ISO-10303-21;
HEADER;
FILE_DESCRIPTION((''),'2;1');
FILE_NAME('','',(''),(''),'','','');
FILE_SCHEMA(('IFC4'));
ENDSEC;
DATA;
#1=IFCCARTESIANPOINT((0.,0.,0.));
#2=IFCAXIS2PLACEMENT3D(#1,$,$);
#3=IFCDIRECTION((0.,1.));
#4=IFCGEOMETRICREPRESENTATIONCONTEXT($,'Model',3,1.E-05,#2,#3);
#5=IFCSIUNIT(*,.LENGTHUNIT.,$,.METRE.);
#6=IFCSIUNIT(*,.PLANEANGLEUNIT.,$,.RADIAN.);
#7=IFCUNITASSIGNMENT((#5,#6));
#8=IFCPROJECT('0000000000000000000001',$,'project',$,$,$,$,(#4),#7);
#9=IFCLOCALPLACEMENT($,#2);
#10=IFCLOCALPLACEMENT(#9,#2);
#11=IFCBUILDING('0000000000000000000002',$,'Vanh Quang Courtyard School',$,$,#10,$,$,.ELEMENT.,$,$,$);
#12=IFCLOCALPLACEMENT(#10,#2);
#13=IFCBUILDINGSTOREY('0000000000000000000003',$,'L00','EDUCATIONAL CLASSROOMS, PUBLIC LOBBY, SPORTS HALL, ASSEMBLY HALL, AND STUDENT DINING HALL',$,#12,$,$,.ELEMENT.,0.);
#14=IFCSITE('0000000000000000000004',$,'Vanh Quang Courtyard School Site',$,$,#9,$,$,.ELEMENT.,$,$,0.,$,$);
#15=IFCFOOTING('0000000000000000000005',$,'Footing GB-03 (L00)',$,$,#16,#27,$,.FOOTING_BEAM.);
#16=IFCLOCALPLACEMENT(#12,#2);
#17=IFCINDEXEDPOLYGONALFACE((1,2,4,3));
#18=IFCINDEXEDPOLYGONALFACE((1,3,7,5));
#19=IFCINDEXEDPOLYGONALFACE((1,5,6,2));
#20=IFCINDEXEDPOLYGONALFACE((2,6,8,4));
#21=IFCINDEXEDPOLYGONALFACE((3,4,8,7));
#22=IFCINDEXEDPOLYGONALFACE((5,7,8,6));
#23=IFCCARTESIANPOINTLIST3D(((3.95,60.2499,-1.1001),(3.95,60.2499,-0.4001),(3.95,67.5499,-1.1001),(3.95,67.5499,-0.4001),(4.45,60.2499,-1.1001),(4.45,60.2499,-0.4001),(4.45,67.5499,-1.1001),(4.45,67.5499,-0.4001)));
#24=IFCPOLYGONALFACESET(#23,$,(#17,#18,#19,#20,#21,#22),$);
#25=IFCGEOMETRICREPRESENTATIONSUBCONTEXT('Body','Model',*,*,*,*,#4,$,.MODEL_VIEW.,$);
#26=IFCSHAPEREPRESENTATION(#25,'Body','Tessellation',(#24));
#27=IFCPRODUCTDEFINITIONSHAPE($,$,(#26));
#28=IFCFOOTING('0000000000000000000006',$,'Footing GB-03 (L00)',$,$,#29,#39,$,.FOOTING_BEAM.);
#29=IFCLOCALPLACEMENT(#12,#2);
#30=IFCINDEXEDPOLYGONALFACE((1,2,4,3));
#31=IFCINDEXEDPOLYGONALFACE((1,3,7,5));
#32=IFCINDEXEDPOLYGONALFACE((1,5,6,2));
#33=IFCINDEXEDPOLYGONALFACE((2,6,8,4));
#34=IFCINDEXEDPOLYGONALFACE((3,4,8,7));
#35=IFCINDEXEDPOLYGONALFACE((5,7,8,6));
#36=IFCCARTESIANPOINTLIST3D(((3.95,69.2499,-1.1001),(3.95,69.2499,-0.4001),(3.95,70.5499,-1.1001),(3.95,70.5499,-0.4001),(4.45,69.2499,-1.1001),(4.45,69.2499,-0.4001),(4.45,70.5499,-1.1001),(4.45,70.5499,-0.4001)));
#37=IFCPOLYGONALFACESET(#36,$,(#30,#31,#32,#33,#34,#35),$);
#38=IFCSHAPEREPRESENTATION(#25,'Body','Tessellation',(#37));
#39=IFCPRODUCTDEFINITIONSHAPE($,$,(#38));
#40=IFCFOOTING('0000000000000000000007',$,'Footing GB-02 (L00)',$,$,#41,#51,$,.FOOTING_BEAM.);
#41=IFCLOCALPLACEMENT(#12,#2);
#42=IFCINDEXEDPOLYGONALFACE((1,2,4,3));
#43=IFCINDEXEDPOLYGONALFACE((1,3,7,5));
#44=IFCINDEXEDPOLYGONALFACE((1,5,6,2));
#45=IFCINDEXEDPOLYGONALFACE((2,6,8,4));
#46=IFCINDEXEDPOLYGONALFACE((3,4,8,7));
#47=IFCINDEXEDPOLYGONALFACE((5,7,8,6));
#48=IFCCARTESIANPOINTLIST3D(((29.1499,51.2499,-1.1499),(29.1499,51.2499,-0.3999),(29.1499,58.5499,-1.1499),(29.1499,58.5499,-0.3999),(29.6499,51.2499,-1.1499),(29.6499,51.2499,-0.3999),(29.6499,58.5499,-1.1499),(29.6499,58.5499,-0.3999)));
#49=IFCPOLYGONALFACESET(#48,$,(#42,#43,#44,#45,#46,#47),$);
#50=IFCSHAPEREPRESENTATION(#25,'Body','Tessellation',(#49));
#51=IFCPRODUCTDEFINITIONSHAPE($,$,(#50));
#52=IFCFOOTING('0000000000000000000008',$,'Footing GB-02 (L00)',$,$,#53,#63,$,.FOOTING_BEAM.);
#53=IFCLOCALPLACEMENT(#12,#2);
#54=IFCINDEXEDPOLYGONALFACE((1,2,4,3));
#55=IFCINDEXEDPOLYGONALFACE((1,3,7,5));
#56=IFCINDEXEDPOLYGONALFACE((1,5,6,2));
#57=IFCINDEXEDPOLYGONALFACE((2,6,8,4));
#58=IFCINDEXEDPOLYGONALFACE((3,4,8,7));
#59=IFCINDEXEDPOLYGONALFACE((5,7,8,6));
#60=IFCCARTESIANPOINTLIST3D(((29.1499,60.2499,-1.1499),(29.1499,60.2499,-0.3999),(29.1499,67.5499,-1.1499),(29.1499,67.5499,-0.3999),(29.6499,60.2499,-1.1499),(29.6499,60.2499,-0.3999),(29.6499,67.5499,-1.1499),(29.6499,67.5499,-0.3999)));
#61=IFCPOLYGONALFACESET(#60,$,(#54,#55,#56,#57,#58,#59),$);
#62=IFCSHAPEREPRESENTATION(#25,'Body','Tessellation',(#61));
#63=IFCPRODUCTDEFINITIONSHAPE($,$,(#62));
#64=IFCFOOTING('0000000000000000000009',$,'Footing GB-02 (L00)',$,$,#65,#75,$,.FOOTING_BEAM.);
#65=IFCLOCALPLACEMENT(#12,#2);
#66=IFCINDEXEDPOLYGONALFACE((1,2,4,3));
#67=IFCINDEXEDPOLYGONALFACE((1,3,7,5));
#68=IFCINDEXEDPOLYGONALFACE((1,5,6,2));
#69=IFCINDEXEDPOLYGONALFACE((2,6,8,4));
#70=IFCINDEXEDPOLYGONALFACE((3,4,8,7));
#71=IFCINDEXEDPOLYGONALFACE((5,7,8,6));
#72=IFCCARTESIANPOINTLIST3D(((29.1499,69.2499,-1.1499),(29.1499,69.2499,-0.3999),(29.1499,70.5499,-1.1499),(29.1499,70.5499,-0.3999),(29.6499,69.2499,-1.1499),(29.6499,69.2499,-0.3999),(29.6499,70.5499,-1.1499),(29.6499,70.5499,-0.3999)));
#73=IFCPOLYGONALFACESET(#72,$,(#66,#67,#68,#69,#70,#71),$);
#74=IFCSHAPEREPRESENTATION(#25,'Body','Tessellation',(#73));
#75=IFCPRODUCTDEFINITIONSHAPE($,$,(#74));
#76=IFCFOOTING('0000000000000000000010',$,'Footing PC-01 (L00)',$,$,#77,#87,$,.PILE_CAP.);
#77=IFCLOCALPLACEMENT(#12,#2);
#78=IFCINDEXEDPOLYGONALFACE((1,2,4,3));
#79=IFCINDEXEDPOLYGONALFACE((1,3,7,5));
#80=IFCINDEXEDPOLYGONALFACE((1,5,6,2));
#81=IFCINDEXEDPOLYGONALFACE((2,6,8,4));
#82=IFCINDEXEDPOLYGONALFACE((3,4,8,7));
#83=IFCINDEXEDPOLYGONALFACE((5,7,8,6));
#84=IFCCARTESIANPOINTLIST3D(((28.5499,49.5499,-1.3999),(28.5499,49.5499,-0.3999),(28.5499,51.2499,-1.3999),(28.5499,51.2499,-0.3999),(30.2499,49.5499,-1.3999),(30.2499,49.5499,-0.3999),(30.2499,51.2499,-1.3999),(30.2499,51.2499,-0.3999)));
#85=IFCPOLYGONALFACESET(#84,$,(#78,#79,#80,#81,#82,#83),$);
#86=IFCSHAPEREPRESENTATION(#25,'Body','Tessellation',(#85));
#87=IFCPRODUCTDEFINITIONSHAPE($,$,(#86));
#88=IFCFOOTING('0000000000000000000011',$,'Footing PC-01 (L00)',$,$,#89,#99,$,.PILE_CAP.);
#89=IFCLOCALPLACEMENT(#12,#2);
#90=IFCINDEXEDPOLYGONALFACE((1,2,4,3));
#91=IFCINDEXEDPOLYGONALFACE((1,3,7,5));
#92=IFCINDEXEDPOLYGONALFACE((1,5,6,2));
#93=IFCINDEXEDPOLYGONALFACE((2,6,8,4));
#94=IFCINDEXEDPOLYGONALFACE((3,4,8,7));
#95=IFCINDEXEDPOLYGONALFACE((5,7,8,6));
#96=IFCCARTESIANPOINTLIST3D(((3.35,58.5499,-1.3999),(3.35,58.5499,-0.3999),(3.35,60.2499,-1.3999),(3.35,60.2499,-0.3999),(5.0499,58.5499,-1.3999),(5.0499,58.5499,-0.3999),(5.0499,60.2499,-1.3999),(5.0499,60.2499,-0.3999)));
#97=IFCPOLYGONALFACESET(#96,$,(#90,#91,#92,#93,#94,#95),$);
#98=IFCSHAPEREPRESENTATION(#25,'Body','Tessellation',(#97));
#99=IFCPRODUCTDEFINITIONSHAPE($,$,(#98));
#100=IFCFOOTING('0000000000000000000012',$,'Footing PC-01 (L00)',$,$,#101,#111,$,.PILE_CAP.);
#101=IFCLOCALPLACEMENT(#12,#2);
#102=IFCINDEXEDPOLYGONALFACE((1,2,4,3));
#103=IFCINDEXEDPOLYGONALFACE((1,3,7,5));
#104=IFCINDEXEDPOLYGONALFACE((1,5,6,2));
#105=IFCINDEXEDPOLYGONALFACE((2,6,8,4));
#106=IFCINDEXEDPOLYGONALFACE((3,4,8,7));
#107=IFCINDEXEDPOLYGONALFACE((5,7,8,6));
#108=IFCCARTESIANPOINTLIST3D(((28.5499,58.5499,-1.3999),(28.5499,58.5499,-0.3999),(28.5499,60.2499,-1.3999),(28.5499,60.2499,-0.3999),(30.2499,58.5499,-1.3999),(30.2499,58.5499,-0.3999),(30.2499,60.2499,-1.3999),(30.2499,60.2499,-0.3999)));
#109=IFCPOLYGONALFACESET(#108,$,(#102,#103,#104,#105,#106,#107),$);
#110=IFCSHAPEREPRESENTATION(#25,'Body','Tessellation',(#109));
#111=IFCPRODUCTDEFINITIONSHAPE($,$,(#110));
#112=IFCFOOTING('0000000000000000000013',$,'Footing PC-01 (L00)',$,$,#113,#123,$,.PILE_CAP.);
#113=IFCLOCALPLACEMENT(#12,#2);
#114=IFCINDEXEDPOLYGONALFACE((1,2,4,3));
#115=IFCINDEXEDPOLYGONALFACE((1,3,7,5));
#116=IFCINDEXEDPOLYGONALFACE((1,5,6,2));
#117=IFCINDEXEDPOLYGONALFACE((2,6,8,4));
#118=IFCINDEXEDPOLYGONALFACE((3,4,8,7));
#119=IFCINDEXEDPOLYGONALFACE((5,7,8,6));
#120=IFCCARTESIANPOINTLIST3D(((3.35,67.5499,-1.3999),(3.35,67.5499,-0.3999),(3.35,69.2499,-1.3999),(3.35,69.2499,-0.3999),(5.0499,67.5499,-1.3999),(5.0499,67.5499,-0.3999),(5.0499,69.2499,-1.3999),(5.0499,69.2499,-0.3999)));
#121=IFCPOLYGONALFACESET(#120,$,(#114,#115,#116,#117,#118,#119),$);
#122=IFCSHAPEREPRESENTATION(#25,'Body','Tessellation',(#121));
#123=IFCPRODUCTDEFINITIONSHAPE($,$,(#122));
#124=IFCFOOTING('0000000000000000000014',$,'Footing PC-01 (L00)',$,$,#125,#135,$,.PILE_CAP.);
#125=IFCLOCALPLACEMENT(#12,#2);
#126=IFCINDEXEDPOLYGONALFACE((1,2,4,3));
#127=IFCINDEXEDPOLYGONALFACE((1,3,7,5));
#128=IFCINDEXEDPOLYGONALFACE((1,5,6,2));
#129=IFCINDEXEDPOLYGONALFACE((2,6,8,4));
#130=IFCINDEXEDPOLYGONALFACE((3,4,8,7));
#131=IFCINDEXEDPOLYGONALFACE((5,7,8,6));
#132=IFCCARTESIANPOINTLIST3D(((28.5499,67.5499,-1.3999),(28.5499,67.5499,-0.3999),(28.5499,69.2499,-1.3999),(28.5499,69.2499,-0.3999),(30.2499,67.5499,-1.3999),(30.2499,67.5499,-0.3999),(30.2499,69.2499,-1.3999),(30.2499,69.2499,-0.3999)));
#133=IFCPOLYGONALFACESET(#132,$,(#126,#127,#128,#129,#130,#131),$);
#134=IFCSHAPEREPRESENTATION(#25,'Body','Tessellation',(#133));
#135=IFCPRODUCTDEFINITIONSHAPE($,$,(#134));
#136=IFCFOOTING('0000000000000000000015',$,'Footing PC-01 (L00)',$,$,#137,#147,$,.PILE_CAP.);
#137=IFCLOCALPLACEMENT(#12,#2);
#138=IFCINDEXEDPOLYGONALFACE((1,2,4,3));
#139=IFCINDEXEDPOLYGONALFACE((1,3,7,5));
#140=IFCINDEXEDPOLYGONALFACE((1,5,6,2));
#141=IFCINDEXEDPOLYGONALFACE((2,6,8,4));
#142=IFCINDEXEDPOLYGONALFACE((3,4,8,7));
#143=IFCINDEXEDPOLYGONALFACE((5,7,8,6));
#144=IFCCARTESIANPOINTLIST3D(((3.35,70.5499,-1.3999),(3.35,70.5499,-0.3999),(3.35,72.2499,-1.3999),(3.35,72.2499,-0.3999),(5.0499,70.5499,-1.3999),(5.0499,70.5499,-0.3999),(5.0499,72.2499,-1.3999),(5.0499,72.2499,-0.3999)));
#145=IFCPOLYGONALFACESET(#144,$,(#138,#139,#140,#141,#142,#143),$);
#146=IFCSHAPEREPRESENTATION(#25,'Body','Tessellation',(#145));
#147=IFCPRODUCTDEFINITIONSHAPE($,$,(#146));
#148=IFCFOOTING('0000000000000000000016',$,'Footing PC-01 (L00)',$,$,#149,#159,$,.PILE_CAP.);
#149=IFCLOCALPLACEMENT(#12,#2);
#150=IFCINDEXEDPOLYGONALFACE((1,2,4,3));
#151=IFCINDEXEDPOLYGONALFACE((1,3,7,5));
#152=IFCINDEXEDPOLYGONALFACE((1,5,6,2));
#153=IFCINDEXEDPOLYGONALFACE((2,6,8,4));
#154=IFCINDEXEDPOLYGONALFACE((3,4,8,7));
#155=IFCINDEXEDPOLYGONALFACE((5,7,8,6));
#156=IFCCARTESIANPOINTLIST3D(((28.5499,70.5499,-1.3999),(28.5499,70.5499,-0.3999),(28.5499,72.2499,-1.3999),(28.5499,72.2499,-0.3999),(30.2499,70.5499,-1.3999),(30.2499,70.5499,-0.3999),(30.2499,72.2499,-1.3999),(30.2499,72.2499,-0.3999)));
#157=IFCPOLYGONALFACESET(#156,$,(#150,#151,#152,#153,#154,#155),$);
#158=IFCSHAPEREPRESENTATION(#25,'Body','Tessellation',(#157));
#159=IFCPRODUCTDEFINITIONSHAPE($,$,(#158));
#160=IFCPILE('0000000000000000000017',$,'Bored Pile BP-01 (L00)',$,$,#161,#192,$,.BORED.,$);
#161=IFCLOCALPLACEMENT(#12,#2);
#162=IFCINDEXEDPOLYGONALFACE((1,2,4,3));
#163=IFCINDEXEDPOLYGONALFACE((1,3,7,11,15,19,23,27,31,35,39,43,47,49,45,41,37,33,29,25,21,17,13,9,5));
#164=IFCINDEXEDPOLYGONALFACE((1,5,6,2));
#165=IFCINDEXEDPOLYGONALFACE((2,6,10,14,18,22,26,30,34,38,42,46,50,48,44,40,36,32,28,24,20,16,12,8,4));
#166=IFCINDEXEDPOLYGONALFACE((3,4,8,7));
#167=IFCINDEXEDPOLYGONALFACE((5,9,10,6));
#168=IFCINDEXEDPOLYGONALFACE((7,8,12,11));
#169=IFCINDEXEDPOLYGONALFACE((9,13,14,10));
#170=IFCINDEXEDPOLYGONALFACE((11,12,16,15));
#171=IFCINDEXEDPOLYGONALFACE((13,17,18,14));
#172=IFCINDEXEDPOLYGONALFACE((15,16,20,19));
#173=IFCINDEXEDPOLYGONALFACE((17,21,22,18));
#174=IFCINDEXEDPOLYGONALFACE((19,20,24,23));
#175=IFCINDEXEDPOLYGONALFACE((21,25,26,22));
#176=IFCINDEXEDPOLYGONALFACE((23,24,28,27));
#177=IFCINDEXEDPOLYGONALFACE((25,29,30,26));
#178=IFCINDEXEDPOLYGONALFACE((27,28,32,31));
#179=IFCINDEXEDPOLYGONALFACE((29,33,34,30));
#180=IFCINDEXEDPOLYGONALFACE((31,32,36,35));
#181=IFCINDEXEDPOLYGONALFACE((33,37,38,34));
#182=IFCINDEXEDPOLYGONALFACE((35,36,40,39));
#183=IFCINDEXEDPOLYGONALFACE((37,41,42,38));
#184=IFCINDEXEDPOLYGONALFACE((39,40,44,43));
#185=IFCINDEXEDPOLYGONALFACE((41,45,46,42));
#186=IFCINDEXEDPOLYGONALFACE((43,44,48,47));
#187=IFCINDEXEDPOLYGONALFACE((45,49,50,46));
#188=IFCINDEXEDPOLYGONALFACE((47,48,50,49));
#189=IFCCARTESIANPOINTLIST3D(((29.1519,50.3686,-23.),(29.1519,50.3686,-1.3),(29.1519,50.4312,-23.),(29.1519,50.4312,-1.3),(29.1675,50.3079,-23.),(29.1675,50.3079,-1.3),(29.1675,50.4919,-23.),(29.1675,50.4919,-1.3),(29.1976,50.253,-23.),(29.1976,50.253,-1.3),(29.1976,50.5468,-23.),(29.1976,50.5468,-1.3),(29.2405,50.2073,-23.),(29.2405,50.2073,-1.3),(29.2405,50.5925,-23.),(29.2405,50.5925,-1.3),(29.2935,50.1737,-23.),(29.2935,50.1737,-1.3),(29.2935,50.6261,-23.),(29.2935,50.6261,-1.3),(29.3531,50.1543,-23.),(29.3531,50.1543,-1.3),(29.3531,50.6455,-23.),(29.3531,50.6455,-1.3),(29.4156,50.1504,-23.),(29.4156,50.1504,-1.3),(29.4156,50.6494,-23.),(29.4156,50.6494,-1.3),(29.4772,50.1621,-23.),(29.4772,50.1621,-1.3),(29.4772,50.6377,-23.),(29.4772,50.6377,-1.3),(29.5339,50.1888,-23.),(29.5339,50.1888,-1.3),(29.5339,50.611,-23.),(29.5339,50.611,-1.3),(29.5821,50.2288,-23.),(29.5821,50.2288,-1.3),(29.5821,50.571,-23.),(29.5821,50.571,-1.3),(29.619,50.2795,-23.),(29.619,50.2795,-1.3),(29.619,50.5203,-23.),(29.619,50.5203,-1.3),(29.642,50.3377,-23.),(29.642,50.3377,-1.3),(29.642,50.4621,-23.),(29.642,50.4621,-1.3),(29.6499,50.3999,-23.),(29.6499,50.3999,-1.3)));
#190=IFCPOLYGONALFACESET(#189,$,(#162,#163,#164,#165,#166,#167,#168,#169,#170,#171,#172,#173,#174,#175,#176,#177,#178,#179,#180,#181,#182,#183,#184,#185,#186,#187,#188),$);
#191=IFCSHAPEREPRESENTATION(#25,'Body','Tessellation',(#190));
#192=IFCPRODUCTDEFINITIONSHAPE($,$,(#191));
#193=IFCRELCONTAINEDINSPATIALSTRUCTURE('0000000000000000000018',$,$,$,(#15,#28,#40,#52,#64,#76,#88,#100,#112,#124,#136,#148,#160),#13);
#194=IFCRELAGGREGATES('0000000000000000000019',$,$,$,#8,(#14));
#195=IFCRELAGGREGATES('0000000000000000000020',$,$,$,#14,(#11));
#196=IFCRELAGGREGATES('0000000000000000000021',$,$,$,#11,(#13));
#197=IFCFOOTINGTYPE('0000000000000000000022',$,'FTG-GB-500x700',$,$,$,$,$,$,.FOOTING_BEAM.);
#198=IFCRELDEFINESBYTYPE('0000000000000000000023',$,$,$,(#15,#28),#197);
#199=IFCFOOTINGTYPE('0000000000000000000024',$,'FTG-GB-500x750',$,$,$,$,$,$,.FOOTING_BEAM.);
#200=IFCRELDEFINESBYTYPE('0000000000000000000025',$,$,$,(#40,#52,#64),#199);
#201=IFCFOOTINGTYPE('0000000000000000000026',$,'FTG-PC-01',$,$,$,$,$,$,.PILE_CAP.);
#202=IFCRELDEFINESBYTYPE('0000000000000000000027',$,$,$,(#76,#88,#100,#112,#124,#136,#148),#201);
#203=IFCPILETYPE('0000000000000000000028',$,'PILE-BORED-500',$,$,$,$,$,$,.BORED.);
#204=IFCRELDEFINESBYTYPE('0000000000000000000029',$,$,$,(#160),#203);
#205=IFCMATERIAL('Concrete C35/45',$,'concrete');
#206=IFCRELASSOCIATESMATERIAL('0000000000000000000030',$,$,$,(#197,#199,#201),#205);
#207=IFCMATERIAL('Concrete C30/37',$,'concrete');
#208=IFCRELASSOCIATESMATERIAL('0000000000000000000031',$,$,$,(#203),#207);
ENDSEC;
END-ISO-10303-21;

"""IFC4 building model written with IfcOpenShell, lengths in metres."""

from ifc_helpers import new_model, si_unit, direction, frame, origin, origin_2d, place, context, subcontext, project, spatial, rectangle, circle, extrude, material, material_profile, profile_set, type_object, element, save


model = new_model("IFC4")

# Units and contexts
model_context = context("Model", 3, precision=1e-05, world=origin(), true_north=direction((0.0, 1.0)))
body_context = subcontext(model_context, "Body", "Model", "MODEL_VIEW")
ifc_project = project(units=[si_unit("LENGTHUNIT", "METRE"), si_unit("PLANEANGLEUNIT", "RADIAN")], contexts=[model_context])

# Site, building, storey
site_placement = place(None, origin())
site = spatial("IfcSite", under=ifc_project, at=site_placement, Name="Vanh Quang Courtyard School Site", CompositionType="ELEMENT", RefElevation=0.0)
building_placement = place(site_placement, origin())
building = spatial("IfcBuilding", under=site, at=building_placement, Name="Vanh Quang Courtyard School", CompositionType="ELEMENT")
storey_placement = place(building_placement, origin())
storey = spatial("IfcBuildingStorey", under=building, at=storey_placement, Name="L00", Description="EDUCATIONAL CLASSROOMS, PUBLIC LOBBY, SPORTS HALL, ASSEMBLY HALL, AND STUDENT DINING HALL", CompositionType="ELEMENT", Elevation=0.0)

# Footings
ifc_material_1 = material(Name="Concrete C35/45", Category="concrete")
footing_type_1 = type_object("IfcFootingType", Name="FTG-GB-500x700", PredefinedType="FOOTING_BEAM", material=ifc_material_1)
footing_1_placement = place(storey_placement, frame((4.2, 63.8999, -1.1001), z_axis=(0.0, 0.0, 1.0), x_axis=(0.0, 1.0, 0.0)))
element("IfcFooting", 1, at=footing_1_placement, inside=storey, type_object=footing_type_1, Name="Footing GB-03 (L00)", PredefinedType="FOOTING_BEAM", context=body_context, shape_type="SweptSolid", body=[
    extrude(rectangle(XDim=7.3, YDim=0.5, at=origin_2d()), origin(), (0.0, 0.0, 1.0), 0.7),
])
footing_2_placement = place(storey_placement, frame((4.2, 69.8999, -1.1001), z_axis=(0.0, 0.0, 1.0), x_axis=(0.0, 1.0, 0.0)))
element("IfcFooting", 2, at=footing_2_placement, inside=storey, type_object=footing_type_1, Name="Footing GB-03 (L00)", PredefinedType="FOOTING_BEAM", context=body_context, shape_type="SweptSolid", body=[
    extrude(rectangle(XDim=1.3, YDim=0.5, at=origin_2d()), origin(), (0.0, 0.0, 1.0), 0.7),
])
footing_type_2 = type_object("IfcFootingType", Name="FTG-GB-500x750", PredefinedType="FOOTING_BEAM", material=ifc_material_1)
for number, where, z_axis, x_axis, name in (
    (3, (29.3999, 54.8999, -1.1499), (0.0, 0.0, 1.0), (0.0, 1.0, 0.0), "Footing GB-02 (L00)"),
    (4, (29.3999, 63.8999, -1.1499), (0.0, 0.0, 1.0), (0.0, 1.0, 0.0), "Footing GB-02 (L00)"),
):
    element("IfcFooting", number, at=place(storey_placement, frame(where, z_axis=z_axis, x_axis=x_axis)), inside=storey, type_object=footing_type_2, Name=name, PredefinedType="FOOTING_BEAM", context=body_context, shape_type="SweptSolid", body=[
        extrude(rectangle(XDim=7.3, YDim=0.5, at=origin_2d()), origin(), (0.0, 0.0, 1.0), 0.75),
    ])
footing_3_placement = place(storey_placement, frame((29.3999, 69.8999, -1.1499), z_axis=(0.0, 0.0, 1.0), x_axis=(0.0, 1.0, 0.0)))
element("IfcFooting", 5, at=footing_3_placement, inside=storey, type_object=footing_type_2, Name="Footing GB-02 (L00)", PredefinedType="FOOTING_BEAM", context=body_context, shape_type="SweptSolid", body=[
    extrude(rectangle(XDim=1.3, YDim=0.5, at=origin_2d()), origin(), (0.0, 0.0, 1.0), 0.75),
])
footing_type_3 = type_object("IfcFootingType", Name="FTG-PC-01", PredefinedType="PILE_CAP", material=ifc_material_1)
for number, where, z_axis, x_axis, name in (
    (6, (29.3999, 50.3999, -1.3999), (0.0, 0.0, 1.0), (1.0, 0.0, 0.0), "Footing PC-01 (L00)"),
    (7, (4.2, 59.3999, -1.3999), (0.0, 0.0, 1.0), (1.0, 0.0, 0.0), "Footing PC-01 (L00)"),
    (8, (29.3999, 59.3999, -1.3999), (0.0, 0.0, 1.0), (1.0, 0.0, 0.0), "Footing PC-01 (L00)"),
    (9, (4.2, 68.3999, -1.3999), (0.0, 0.0, 1.0), (1.0, 0.0, 0.0), "Footing PC-01 (L00)"),
    (10, (29.3999, 68.3999, -1.3999), (0.0, 0.0, 1.0), (1.0, 0.0, 0.0), "Footing PC-01 (L00)"),
    (11, (4.2, 71.3999, -1.3999), (0.0, 0.0, 1.0), (1.0, 0.0, 0.0), "Footing PC-01 (L00)"),
    (12, (29.3999, 71.3999, -1.3999), (0.0, 0.0, 1.0), (1.0, 0.0, 0.0), "Footing PC-01 (L00)"),
):
    element("IfcFooting", number, at=place(storey_placement, frame(where, z_axis=z_axis, x_axis=x_axis)), inside=storey, type_object=footing_type_3, Name=name, PredefinedType="PILE_CAP", context=body_context, shape_type="SweptSolid", body=[
        extrude(rectangle(XDim=1.7, YDim=1.7, at=origin_2d()), origin(), (0.0, 0.0, 1.0), 1.0),
    ])

# Pile
ifc_material_2 = material(Name="Concrete C30/37", Category="concrete")
ifc_material_profile_1 = material_profile(ifc_material_2, circle(Radius=0.25, at=origin_2d()), Name="PILE D500")
ifc_profile_set_1 = profile_set([ifc_material_profile_1], Name="Concrete C30/37")
pile_type = type_object("IfcPileType", Name="PILE-BORED-500", PredefinedType="BORED", material=ifc_profile_set_1)
for number, where, z_axis, x_axis, name in (
    (13, (29.3999, 50.3999, -1.3), (0.0, 0.0, -1.0), (1.0, 0.0, 0.0), "Bored Pile BP-01 (L00)"),
):
    element("IfcPile", number, at=place(storey_placement, frame(where, z_axis=z_axis, x_axis=x_axis)), inside=storey, type_object=pile_type, Name=name, PredefinedType="BORED", context=body_context, shape_type="SweptSolid", body=[
        extrude(circle(Radius=0.25, at=origin_2d()), origin(), (0.0, 0.0, 1.0), 21.7),
    ])

save(model, "model.ifc")
